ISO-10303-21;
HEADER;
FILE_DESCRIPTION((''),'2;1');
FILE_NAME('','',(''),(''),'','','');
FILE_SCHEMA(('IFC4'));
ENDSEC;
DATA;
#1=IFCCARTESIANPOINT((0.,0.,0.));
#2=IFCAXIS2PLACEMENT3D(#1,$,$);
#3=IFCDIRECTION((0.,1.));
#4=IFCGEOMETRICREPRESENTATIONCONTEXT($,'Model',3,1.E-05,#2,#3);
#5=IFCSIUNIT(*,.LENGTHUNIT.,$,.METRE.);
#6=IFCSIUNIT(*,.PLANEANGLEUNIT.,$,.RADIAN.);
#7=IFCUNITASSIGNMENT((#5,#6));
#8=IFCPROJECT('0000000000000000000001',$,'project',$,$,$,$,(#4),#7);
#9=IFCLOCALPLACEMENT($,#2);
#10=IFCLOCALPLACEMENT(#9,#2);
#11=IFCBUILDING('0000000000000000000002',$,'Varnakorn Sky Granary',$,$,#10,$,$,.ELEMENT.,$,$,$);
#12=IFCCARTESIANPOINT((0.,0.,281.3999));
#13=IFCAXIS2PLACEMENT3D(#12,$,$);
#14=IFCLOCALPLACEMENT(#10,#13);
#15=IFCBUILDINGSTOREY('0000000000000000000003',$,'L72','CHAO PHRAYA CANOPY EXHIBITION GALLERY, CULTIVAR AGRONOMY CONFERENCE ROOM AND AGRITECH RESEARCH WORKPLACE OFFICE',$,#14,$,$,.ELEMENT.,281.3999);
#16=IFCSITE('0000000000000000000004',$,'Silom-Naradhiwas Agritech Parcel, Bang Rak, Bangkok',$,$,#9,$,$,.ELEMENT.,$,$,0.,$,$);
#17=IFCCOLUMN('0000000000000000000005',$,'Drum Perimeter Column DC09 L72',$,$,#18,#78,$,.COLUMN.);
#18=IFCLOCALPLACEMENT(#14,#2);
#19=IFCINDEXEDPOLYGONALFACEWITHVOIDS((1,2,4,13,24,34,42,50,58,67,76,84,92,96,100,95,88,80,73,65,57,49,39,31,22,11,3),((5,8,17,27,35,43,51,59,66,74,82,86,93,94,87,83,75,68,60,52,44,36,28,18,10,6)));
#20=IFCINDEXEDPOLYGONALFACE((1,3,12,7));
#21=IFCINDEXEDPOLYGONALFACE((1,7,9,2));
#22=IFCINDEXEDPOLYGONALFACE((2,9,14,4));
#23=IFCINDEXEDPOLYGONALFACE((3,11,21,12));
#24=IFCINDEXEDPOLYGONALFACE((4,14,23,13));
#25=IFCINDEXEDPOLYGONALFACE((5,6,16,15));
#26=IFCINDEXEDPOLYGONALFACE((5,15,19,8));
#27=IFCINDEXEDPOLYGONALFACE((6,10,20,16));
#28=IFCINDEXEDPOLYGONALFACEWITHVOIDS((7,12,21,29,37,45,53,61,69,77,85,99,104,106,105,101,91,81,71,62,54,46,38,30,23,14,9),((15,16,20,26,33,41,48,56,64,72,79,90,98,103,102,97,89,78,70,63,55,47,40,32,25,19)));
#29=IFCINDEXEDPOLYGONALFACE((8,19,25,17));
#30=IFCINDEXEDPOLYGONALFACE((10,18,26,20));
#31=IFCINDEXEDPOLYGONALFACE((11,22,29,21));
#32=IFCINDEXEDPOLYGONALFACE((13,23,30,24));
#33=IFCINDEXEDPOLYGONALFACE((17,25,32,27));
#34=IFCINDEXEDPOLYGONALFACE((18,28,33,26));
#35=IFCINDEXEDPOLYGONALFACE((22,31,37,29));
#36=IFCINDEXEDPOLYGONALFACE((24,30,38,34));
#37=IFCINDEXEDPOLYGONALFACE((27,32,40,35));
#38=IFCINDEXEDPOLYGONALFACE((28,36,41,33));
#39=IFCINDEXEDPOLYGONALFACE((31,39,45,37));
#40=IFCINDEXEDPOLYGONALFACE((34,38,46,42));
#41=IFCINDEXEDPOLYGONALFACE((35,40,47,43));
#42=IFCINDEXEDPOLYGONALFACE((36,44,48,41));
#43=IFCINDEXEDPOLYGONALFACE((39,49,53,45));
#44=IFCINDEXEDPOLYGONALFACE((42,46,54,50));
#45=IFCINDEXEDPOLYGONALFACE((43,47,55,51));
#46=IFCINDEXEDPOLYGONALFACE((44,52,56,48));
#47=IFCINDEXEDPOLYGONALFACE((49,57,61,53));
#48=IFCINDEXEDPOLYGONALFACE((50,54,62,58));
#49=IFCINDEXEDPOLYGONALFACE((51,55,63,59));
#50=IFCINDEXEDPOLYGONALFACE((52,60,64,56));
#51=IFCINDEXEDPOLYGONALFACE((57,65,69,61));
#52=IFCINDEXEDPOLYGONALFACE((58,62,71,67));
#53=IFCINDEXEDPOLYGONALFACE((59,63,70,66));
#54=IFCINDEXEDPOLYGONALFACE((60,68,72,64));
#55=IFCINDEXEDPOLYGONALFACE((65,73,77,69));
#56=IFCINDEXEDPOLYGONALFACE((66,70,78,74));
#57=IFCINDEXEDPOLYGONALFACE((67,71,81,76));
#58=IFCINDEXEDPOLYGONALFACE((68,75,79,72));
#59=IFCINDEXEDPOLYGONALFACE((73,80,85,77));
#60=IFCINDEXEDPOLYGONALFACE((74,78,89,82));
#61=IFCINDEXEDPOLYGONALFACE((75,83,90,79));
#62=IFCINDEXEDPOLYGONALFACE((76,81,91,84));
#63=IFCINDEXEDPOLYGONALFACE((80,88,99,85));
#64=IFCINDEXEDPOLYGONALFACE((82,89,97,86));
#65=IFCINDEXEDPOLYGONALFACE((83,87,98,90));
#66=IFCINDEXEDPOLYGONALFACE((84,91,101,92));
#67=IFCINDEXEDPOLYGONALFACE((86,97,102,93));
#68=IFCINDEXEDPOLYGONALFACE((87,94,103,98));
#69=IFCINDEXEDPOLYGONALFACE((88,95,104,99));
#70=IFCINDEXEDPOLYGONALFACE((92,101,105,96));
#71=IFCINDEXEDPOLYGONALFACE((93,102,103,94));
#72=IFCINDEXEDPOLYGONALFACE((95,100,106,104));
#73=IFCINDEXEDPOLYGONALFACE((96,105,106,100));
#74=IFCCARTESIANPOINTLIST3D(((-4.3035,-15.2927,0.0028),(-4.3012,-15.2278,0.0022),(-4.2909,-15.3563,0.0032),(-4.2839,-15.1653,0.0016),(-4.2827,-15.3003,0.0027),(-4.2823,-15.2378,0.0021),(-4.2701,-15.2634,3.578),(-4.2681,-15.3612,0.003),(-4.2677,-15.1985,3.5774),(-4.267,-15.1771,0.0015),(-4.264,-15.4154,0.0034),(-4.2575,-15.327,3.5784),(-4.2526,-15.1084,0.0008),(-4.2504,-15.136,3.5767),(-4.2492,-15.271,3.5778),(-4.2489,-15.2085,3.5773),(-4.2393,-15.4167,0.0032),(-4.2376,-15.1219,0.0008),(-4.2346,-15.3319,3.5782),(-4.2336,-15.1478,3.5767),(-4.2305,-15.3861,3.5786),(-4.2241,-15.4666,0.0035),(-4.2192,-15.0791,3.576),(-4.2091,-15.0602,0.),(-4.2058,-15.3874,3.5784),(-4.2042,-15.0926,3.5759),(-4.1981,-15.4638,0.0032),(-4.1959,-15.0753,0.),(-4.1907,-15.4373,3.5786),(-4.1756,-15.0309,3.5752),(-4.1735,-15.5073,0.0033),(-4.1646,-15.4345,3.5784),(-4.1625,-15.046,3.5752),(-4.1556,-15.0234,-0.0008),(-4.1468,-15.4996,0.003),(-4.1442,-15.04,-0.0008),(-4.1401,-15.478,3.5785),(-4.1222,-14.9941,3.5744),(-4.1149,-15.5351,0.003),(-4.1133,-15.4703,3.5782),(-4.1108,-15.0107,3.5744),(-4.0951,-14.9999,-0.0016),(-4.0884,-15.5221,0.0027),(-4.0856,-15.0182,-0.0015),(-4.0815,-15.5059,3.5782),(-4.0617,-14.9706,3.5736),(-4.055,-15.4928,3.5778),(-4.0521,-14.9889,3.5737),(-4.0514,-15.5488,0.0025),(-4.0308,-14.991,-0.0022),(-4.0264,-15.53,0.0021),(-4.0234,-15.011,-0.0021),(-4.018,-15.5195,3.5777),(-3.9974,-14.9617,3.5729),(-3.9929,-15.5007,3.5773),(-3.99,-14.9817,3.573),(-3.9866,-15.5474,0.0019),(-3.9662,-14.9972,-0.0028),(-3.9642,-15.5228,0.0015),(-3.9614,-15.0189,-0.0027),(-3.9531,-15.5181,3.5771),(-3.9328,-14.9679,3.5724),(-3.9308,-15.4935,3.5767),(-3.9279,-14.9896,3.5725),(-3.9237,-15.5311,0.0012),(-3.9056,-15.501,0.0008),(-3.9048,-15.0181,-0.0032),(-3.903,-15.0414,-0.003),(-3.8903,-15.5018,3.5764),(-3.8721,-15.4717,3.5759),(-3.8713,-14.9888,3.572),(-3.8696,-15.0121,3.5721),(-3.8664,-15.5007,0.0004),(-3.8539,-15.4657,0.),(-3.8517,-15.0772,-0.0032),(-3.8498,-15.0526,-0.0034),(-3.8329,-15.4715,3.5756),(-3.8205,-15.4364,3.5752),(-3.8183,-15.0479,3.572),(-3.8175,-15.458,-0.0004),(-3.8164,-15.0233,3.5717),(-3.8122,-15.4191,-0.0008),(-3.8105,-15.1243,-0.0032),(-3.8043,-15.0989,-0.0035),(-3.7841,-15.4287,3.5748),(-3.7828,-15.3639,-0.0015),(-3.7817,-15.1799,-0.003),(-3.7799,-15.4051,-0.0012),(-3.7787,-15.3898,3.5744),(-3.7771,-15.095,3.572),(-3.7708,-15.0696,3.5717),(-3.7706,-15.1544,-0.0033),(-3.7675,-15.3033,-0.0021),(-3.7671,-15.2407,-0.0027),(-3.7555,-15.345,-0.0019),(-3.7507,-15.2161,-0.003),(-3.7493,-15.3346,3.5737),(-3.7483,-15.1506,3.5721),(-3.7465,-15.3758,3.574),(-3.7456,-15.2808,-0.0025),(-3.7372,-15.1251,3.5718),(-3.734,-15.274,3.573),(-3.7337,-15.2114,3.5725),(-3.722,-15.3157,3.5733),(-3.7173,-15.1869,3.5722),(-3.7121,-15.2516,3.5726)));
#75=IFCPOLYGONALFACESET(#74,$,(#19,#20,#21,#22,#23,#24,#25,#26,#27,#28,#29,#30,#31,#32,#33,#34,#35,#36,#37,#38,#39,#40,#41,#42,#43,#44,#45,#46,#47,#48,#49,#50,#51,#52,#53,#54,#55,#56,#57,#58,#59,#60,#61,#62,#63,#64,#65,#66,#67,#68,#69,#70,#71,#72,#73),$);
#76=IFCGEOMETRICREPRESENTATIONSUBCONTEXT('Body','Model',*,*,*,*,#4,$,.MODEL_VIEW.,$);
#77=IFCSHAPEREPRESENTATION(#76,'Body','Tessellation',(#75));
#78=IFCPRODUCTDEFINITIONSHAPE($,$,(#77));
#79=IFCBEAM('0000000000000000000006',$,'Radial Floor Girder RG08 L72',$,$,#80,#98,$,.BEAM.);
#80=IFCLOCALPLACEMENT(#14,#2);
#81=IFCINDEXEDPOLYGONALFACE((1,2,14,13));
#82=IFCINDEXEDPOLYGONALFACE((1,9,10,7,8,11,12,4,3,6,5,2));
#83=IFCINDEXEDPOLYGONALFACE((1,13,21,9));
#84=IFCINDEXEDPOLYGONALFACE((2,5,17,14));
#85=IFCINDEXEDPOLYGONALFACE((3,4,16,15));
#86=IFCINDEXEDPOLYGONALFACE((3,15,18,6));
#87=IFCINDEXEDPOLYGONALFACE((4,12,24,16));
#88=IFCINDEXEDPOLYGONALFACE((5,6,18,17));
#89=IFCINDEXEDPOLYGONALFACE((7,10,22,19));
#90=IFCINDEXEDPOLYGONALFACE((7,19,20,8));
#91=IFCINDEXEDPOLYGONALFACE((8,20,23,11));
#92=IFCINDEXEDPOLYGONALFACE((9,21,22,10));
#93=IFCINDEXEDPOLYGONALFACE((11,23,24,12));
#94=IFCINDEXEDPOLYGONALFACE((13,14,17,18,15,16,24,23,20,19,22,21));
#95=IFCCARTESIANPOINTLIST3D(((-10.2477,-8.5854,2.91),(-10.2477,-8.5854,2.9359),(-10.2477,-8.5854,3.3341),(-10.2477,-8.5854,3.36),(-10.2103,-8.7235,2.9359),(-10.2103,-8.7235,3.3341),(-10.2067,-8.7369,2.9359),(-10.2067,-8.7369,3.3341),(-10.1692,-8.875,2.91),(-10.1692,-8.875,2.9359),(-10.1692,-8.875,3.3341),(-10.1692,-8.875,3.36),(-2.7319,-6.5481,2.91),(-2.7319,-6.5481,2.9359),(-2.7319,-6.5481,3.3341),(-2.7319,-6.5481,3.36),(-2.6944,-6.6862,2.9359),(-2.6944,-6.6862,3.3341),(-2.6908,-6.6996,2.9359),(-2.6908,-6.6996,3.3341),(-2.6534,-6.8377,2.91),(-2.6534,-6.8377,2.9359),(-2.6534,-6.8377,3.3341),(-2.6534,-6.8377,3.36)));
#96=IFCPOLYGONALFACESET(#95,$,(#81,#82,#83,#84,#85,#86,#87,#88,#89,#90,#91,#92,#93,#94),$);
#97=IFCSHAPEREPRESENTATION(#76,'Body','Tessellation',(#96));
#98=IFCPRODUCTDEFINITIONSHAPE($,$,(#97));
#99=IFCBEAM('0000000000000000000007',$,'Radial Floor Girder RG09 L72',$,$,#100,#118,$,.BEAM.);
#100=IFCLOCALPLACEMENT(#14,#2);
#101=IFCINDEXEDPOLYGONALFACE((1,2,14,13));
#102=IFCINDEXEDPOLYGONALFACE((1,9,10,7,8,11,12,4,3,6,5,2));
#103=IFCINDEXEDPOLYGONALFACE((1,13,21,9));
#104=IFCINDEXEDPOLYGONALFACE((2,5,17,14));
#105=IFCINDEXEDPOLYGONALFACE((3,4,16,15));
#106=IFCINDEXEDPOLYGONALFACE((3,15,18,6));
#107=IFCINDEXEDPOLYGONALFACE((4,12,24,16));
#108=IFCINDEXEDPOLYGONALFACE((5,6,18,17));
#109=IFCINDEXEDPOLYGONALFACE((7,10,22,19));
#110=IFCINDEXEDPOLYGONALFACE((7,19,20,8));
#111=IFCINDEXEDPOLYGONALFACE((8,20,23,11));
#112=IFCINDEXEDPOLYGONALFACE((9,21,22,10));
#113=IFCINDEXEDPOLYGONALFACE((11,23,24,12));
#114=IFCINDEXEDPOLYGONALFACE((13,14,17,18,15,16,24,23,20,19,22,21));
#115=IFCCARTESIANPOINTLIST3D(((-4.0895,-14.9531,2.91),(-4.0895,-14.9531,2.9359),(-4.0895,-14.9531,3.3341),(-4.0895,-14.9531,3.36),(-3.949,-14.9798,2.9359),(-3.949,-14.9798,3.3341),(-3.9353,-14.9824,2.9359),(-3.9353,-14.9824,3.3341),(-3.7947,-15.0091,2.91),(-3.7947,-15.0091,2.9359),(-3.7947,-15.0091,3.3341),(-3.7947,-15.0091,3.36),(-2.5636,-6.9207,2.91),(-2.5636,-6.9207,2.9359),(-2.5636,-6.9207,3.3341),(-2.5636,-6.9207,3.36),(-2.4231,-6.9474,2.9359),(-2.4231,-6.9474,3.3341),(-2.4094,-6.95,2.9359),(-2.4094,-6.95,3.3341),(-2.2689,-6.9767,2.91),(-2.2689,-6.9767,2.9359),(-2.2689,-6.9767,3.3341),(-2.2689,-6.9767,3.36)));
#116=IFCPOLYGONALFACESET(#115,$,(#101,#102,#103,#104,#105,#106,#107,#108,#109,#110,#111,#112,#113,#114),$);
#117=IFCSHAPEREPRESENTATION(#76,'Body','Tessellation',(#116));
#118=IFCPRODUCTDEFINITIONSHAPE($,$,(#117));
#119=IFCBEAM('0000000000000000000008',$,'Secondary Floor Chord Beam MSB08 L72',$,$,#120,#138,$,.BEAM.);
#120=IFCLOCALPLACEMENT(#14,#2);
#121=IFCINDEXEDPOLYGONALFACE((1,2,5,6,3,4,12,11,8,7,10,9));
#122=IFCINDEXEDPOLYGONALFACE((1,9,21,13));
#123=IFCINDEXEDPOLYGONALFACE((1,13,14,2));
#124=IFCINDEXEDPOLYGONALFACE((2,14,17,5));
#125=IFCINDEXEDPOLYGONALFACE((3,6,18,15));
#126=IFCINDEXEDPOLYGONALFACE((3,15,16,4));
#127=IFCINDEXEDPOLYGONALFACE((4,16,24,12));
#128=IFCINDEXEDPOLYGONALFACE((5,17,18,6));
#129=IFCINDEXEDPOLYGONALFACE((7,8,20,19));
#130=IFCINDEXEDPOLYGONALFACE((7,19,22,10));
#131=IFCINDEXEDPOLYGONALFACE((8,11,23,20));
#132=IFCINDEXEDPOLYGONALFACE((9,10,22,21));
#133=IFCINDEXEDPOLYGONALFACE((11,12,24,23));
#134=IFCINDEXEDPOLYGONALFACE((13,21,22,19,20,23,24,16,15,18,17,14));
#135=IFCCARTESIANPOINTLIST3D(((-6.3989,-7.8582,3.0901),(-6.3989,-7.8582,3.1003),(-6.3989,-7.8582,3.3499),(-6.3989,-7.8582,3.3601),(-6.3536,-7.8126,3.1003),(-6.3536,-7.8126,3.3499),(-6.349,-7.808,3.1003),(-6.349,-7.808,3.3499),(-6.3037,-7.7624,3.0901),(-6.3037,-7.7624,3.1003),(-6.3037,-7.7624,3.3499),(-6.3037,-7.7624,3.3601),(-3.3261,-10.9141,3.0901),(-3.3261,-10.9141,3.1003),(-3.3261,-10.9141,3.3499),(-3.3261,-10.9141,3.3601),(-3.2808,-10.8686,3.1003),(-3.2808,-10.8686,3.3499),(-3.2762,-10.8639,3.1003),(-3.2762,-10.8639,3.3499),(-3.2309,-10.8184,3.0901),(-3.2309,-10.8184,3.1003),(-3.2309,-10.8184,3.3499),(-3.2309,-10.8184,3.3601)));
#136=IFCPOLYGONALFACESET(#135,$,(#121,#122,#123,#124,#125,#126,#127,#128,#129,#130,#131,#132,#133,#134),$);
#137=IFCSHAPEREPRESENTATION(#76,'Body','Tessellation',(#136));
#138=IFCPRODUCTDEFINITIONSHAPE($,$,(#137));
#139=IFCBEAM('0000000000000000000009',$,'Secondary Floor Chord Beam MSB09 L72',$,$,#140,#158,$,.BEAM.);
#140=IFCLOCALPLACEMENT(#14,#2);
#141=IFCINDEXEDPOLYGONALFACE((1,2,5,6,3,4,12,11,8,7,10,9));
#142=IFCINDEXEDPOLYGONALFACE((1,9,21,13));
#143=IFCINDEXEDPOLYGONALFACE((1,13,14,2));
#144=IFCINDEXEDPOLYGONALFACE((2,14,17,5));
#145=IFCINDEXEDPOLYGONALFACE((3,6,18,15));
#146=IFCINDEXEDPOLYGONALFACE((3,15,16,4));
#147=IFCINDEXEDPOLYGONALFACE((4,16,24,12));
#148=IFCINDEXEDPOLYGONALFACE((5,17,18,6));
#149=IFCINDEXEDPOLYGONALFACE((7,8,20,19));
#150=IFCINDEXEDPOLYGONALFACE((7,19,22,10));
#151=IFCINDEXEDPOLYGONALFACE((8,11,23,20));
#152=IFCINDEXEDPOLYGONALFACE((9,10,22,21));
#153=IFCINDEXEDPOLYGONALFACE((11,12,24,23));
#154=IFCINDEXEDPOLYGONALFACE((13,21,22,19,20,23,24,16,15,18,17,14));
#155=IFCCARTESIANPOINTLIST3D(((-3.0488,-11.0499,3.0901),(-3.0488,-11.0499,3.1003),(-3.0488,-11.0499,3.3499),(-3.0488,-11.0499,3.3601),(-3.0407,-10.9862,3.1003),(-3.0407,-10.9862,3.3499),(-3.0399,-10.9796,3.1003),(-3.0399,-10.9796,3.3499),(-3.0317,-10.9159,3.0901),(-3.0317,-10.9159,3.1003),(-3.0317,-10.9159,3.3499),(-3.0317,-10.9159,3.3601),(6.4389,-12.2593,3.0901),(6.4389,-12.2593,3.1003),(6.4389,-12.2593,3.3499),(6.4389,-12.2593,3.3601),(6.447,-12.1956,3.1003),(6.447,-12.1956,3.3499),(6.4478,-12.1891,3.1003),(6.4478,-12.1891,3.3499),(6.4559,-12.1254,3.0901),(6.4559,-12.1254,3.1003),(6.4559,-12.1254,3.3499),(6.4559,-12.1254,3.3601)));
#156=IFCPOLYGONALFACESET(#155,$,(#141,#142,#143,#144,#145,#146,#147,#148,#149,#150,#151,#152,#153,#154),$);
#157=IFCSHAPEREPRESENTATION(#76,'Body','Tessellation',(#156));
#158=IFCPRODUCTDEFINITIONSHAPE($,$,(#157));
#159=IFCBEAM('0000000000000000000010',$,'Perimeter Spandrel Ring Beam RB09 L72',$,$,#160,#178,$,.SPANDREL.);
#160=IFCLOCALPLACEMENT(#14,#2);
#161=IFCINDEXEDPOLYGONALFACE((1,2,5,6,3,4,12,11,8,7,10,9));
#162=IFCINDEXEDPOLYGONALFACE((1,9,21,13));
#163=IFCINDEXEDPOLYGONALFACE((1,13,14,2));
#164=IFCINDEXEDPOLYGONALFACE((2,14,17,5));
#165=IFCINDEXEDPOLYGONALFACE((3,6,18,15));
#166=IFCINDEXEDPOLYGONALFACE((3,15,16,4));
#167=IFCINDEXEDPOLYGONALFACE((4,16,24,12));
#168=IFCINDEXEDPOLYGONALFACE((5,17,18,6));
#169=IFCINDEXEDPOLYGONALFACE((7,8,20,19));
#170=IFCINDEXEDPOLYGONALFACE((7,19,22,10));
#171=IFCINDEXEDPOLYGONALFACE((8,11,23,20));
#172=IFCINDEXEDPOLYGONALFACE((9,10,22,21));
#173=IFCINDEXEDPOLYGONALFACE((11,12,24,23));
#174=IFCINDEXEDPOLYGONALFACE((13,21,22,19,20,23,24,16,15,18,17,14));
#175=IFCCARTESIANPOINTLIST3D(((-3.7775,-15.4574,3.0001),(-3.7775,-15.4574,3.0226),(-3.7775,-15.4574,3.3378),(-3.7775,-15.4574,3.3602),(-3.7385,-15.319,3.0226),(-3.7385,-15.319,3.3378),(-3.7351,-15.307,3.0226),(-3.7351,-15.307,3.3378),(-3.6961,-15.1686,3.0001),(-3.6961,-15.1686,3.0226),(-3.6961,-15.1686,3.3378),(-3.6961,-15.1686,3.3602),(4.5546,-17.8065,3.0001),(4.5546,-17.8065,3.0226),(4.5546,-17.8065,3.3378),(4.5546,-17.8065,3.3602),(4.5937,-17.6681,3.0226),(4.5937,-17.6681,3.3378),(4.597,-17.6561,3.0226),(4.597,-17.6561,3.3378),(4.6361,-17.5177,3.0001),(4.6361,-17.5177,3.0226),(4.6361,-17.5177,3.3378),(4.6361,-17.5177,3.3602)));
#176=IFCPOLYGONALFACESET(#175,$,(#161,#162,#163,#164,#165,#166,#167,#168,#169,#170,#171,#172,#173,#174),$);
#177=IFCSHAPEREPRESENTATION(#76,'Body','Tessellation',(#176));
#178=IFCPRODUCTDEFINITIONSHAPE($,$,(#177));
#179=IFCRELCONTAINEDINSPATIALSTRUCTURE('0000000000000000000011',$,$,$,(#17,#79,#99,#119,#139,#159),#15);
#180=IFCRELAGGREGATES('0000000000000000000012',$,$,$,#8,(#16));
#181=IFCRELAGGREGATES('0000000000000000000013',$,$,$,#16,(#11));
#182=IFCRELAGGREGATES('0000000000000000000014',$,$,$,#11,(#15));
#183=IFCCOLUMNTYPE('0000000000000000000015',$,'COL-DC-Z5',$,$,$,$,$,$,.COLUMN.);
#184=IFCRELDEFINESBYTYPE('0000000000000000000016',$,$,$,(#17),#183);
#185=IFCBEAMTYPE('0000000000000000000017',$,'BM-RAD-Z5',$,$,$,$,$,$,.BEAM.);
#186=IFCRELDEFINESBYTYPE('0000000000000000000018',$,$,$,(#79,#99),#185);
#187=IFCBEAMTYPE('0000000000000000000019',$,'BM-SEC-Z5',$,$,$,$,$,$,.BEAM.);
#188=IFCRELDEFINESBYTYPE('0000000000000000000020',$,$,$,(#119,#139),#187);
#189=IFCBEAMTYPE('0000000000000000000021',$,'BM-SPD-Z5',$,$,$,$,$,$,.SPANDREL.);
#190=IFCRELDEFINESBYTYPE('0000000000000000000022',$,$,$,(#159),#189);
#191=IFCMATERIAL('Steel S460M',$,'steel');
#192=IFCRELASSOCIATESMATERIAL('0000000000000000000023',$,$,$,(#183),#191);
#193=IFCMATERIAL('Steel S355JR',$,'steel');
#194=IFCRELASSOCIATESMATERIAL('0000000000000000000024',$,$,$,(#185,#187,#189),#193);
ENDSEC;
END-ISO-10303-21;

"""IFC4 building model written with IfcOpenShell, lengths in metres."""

from ifc_helpers import new_model, si_unit, direction, frame, origin, origin_2d, place, context, subcontext, project, spatial, hollow_circle, i_section, extrude, material, material_profile, profile_set, type_object, element, save


model = new_model("IFC4")

# Units and contexts
model_context = context("Model", 3, precision=1e-05, world=origin(), true_north=direction((0.0, 1.0)))
body_context = subcontext(model_context, "Body", "Model", "MODEL_VIEW")
ifc_project = project(units=[si_unit("LENGTHUNIT", "METRE"), si_unit("PLANEANGLEUNIT", "RADIAN")], contexts=[model_context])

# Site, building, storey
site_placement = place(None, origin())
site = spatial("IfcSite", under=ifc_project, at=site_placement, Name="Silom-Naradhiwas Agritech Parcel, Bang Rak, Bangkok", CompositionType="ELEMENT", RefElevation=0.0)
building_placement = place(site_placement, origin())
building = spatial("IfcBuilding", under=site, at=building_placement, Name="Varnakorn Sky Granary", CompositionType="ELEMENT")
storey_placement = place(building_placement, frame((0.0, 0.0, 281.3999)))
storey = spatial("IfcBuildingStorey", under=building, at=storey_placement, Name="L72", Description="CHAO PHRAYA CANOPY EXHIBITION GALLERY, CULTIVAR AGRONOMY CONFERENCE ROOM AND AGRITECH RESEARCH WORKPLACE OFFICE", CompositionType="ELEMENT", Elevation=281.3999)

# Column
ifc_material_1 = material(Name="Steel S460M", Category="steel")
ifc_material_profile_1 = material_profile(ifc_material_1, hollow_circle(Radius=0.2795, WallThickness=0.02, at=origin_2d()), Name="CHS 559x20")
ifc_profile_set_1 = profile_set([ifc_material_profile_1], Name="Steel S460M")
column_type = type_object("IfcColumnType", Name="COL-DC-Z5", PredefinedType="COLUMN", material=ifc_profile_set_1)
column_placement = place(storey_placement, frame((-4.0249, -15.2705, 0.0), z_axis=(0.009355, 0.008194, 0.999923), x_axis=(-0.658893, 0.752236, 0.0)))
element("IfcColumn", 1, at=column_placement, inside=storey, type_object=column_type, Name="Drum Perimeter Column DC09 L72", PredefinedType="COLUMN", context=body_context, shape_type="SweptSolid", body=[
    extrude(hollow_circle(Radius=0.2795, WallThickness=0.02, at=origin_2d()), origin(), (0.0, 0.0, 1.0), 3.5754),
])

# Beams
ifc_material_2 = material(Name="Steel S355JR", Category="steel")
ifc_material_profile_2 = material_profile(ifc_material_2, i_section(OverallWidth=0.3, OverallDepth=0.45, WebThickness=0.0139, FlangeThickness=0.0259, at=origin_2d()), Name="HE 450 B")
ifc_profile_set_2 = profile_set([ifc_material_profile_2], Name="Steel S355JR")
beam_type_1 = type_object("IfcBeamType", Name="BM-RAD-Z5", PredefinedType="BEAM", material=ifc_profile_set_2)
beam_1_placement = place(storey_placement, frame((-2.6926, -6.6929, 3.135), z_axis=(-0.965168, -0.261631, 0.0), x_axis=(0.261631, -0.965168, 0.0)))
element("IfcBeam", 2, at=beam_1_placement, inside=storey, type_object=beam_type_1, Name="Radial Floor Girder RG08 L72", PredefinedType="BEAM", context=body_context, shape_type="SweptSolid", body=[
    extrude(i_section(OverallWidth=0.3, OverallDepth=0.45, WebThickness=0.0139, FlangeThickness=0.0259, at=origin_2d()), origin(), (0.0, 0.0, 1.0), 7.7871),
])
beam_2_placement = place(storey_placement, frame((-2.4163, -6.9487, 3.135), z_axis=(-0.186626, -0.982431, 0.0), x_axis=(0.982431, -0.186626, 0.0)))
element("IfcBeam", 3, at=beam_2_placement, inside=storey, type_object=beam_type_1, Name="Radial Floor Girder RG09 L72", PredefinedType="BEAM", context=body_context, shape_type="SweptSolid", body=[
    extrude(i_section(OverallWidth=0.3, OverallDepth=0.45, WebThickness=0.0139, FlangeThickness=0.0259, at=origin_2d()), origin(), (0.0, 0.0, 1.0), 8.176),
])
ifc_material_profile_3 = material_profile(ifc_material_2, i_section(OverallWidth=0.135, OverallDepth=0.27, WebThickness=0.0066, FlangeThickness=0.0103, at=origin_2d()), Name="IPE 270")
ifc_profile_set_3 = profile_set([ifc_material_profile_3], Name="Steel S355JR")
beam_type_2 = type_object("IfcBeamType", Name="BM-SEC-Z5", PredefinedType="BEAM", material=ifc_profile_set_3)
beam_3_placement = place(storey_placement, frame((-6.3513, -7.8103, 3.2251), z_axis=(0.709048, -0.705161, 0.0), x_axis=(0.705161, 0.709048, 0.0)))
element("IfcBeam", 4, at=beam_3_placement, inside=storey, type_object=beam_type_2, Name="Secondary Floor Chord Beam MSB08 L72", PredefinedType="BEAM", context=body_context, shape_type="SweptSolid", body=[
    extrude(i_section(OverallWidth=0.135, OverallDepth=0.27, WebThickness=0.0066, FlangeThickness=0.0103, at=origin_2d()), origin(), (0.0, 0.0, 1.0), 4.3337),
])
beam_4_placement = place(storey_placement, frame((-3.0403, -10.9829, 3.2251), z_axis=(0.991973, -0.126453, 0.0), x_axis=(0.126453, 0.991973, 0.0)))
element("IfcBeam", 5, at=beam_4_placement, inside=storey, type_object=beam_type_2, Name="Secondary Floor Chord Beam MSB09 L72", PredefinedType="BEAM", context=body_context, shape_type="SweptSolid", body=[
    extrude(i_section(OverallWidth=0.135, OverallDepth=0.27, WebThickness=0.0066, FlangeThickness=0.0103, at=origin_2d()), origin(), (0.0, 0.0, 1.0), 9.5645),
])
ifc_material_profile_4 = material_profile(ifc_material_2, i_section(OverallWidth=0.3, OverallDepth=0.3601, WebThickness=0.0125, FlangeThickness=0.0225, at=origin_2d()), Name="HE 360 B")
ifc_profile_set_4 = profile_set([ifc_material_profile_4], Name="Steel S355JR")
beam_type_3 = type_object("IfcBeamType", Name="BM-SPD-Z5", PredefinedType="SPANDREL", material=ifc_profile_set_4)
beam_5_placement = place(storey_placement, frame((-3.7368, -15.313, 3.1802), z_axis=(0.96248, -0.271352, 0.0), x_axis=(0.271352, 0.96248, 0.0)))
element("IfcBeam", 6, at=beam_5_placement, inside=storey, type_object=beam_type_3, Name="Perimeter Spandrel Ring Beam RB09 L72", PredefinedType="SPANDREL", context=body_context, shape_type="SweptSolid", body=[
    extrude(i_section(OverallWidth=0.3, OverallDepth=0.3601, WebThickness=0.0125, FlangeThickness=0.0225, at=origin_2d()), origin(), (0.0, 0.0, 1.0), 8.657),
])

save(model, "model.ifc")
